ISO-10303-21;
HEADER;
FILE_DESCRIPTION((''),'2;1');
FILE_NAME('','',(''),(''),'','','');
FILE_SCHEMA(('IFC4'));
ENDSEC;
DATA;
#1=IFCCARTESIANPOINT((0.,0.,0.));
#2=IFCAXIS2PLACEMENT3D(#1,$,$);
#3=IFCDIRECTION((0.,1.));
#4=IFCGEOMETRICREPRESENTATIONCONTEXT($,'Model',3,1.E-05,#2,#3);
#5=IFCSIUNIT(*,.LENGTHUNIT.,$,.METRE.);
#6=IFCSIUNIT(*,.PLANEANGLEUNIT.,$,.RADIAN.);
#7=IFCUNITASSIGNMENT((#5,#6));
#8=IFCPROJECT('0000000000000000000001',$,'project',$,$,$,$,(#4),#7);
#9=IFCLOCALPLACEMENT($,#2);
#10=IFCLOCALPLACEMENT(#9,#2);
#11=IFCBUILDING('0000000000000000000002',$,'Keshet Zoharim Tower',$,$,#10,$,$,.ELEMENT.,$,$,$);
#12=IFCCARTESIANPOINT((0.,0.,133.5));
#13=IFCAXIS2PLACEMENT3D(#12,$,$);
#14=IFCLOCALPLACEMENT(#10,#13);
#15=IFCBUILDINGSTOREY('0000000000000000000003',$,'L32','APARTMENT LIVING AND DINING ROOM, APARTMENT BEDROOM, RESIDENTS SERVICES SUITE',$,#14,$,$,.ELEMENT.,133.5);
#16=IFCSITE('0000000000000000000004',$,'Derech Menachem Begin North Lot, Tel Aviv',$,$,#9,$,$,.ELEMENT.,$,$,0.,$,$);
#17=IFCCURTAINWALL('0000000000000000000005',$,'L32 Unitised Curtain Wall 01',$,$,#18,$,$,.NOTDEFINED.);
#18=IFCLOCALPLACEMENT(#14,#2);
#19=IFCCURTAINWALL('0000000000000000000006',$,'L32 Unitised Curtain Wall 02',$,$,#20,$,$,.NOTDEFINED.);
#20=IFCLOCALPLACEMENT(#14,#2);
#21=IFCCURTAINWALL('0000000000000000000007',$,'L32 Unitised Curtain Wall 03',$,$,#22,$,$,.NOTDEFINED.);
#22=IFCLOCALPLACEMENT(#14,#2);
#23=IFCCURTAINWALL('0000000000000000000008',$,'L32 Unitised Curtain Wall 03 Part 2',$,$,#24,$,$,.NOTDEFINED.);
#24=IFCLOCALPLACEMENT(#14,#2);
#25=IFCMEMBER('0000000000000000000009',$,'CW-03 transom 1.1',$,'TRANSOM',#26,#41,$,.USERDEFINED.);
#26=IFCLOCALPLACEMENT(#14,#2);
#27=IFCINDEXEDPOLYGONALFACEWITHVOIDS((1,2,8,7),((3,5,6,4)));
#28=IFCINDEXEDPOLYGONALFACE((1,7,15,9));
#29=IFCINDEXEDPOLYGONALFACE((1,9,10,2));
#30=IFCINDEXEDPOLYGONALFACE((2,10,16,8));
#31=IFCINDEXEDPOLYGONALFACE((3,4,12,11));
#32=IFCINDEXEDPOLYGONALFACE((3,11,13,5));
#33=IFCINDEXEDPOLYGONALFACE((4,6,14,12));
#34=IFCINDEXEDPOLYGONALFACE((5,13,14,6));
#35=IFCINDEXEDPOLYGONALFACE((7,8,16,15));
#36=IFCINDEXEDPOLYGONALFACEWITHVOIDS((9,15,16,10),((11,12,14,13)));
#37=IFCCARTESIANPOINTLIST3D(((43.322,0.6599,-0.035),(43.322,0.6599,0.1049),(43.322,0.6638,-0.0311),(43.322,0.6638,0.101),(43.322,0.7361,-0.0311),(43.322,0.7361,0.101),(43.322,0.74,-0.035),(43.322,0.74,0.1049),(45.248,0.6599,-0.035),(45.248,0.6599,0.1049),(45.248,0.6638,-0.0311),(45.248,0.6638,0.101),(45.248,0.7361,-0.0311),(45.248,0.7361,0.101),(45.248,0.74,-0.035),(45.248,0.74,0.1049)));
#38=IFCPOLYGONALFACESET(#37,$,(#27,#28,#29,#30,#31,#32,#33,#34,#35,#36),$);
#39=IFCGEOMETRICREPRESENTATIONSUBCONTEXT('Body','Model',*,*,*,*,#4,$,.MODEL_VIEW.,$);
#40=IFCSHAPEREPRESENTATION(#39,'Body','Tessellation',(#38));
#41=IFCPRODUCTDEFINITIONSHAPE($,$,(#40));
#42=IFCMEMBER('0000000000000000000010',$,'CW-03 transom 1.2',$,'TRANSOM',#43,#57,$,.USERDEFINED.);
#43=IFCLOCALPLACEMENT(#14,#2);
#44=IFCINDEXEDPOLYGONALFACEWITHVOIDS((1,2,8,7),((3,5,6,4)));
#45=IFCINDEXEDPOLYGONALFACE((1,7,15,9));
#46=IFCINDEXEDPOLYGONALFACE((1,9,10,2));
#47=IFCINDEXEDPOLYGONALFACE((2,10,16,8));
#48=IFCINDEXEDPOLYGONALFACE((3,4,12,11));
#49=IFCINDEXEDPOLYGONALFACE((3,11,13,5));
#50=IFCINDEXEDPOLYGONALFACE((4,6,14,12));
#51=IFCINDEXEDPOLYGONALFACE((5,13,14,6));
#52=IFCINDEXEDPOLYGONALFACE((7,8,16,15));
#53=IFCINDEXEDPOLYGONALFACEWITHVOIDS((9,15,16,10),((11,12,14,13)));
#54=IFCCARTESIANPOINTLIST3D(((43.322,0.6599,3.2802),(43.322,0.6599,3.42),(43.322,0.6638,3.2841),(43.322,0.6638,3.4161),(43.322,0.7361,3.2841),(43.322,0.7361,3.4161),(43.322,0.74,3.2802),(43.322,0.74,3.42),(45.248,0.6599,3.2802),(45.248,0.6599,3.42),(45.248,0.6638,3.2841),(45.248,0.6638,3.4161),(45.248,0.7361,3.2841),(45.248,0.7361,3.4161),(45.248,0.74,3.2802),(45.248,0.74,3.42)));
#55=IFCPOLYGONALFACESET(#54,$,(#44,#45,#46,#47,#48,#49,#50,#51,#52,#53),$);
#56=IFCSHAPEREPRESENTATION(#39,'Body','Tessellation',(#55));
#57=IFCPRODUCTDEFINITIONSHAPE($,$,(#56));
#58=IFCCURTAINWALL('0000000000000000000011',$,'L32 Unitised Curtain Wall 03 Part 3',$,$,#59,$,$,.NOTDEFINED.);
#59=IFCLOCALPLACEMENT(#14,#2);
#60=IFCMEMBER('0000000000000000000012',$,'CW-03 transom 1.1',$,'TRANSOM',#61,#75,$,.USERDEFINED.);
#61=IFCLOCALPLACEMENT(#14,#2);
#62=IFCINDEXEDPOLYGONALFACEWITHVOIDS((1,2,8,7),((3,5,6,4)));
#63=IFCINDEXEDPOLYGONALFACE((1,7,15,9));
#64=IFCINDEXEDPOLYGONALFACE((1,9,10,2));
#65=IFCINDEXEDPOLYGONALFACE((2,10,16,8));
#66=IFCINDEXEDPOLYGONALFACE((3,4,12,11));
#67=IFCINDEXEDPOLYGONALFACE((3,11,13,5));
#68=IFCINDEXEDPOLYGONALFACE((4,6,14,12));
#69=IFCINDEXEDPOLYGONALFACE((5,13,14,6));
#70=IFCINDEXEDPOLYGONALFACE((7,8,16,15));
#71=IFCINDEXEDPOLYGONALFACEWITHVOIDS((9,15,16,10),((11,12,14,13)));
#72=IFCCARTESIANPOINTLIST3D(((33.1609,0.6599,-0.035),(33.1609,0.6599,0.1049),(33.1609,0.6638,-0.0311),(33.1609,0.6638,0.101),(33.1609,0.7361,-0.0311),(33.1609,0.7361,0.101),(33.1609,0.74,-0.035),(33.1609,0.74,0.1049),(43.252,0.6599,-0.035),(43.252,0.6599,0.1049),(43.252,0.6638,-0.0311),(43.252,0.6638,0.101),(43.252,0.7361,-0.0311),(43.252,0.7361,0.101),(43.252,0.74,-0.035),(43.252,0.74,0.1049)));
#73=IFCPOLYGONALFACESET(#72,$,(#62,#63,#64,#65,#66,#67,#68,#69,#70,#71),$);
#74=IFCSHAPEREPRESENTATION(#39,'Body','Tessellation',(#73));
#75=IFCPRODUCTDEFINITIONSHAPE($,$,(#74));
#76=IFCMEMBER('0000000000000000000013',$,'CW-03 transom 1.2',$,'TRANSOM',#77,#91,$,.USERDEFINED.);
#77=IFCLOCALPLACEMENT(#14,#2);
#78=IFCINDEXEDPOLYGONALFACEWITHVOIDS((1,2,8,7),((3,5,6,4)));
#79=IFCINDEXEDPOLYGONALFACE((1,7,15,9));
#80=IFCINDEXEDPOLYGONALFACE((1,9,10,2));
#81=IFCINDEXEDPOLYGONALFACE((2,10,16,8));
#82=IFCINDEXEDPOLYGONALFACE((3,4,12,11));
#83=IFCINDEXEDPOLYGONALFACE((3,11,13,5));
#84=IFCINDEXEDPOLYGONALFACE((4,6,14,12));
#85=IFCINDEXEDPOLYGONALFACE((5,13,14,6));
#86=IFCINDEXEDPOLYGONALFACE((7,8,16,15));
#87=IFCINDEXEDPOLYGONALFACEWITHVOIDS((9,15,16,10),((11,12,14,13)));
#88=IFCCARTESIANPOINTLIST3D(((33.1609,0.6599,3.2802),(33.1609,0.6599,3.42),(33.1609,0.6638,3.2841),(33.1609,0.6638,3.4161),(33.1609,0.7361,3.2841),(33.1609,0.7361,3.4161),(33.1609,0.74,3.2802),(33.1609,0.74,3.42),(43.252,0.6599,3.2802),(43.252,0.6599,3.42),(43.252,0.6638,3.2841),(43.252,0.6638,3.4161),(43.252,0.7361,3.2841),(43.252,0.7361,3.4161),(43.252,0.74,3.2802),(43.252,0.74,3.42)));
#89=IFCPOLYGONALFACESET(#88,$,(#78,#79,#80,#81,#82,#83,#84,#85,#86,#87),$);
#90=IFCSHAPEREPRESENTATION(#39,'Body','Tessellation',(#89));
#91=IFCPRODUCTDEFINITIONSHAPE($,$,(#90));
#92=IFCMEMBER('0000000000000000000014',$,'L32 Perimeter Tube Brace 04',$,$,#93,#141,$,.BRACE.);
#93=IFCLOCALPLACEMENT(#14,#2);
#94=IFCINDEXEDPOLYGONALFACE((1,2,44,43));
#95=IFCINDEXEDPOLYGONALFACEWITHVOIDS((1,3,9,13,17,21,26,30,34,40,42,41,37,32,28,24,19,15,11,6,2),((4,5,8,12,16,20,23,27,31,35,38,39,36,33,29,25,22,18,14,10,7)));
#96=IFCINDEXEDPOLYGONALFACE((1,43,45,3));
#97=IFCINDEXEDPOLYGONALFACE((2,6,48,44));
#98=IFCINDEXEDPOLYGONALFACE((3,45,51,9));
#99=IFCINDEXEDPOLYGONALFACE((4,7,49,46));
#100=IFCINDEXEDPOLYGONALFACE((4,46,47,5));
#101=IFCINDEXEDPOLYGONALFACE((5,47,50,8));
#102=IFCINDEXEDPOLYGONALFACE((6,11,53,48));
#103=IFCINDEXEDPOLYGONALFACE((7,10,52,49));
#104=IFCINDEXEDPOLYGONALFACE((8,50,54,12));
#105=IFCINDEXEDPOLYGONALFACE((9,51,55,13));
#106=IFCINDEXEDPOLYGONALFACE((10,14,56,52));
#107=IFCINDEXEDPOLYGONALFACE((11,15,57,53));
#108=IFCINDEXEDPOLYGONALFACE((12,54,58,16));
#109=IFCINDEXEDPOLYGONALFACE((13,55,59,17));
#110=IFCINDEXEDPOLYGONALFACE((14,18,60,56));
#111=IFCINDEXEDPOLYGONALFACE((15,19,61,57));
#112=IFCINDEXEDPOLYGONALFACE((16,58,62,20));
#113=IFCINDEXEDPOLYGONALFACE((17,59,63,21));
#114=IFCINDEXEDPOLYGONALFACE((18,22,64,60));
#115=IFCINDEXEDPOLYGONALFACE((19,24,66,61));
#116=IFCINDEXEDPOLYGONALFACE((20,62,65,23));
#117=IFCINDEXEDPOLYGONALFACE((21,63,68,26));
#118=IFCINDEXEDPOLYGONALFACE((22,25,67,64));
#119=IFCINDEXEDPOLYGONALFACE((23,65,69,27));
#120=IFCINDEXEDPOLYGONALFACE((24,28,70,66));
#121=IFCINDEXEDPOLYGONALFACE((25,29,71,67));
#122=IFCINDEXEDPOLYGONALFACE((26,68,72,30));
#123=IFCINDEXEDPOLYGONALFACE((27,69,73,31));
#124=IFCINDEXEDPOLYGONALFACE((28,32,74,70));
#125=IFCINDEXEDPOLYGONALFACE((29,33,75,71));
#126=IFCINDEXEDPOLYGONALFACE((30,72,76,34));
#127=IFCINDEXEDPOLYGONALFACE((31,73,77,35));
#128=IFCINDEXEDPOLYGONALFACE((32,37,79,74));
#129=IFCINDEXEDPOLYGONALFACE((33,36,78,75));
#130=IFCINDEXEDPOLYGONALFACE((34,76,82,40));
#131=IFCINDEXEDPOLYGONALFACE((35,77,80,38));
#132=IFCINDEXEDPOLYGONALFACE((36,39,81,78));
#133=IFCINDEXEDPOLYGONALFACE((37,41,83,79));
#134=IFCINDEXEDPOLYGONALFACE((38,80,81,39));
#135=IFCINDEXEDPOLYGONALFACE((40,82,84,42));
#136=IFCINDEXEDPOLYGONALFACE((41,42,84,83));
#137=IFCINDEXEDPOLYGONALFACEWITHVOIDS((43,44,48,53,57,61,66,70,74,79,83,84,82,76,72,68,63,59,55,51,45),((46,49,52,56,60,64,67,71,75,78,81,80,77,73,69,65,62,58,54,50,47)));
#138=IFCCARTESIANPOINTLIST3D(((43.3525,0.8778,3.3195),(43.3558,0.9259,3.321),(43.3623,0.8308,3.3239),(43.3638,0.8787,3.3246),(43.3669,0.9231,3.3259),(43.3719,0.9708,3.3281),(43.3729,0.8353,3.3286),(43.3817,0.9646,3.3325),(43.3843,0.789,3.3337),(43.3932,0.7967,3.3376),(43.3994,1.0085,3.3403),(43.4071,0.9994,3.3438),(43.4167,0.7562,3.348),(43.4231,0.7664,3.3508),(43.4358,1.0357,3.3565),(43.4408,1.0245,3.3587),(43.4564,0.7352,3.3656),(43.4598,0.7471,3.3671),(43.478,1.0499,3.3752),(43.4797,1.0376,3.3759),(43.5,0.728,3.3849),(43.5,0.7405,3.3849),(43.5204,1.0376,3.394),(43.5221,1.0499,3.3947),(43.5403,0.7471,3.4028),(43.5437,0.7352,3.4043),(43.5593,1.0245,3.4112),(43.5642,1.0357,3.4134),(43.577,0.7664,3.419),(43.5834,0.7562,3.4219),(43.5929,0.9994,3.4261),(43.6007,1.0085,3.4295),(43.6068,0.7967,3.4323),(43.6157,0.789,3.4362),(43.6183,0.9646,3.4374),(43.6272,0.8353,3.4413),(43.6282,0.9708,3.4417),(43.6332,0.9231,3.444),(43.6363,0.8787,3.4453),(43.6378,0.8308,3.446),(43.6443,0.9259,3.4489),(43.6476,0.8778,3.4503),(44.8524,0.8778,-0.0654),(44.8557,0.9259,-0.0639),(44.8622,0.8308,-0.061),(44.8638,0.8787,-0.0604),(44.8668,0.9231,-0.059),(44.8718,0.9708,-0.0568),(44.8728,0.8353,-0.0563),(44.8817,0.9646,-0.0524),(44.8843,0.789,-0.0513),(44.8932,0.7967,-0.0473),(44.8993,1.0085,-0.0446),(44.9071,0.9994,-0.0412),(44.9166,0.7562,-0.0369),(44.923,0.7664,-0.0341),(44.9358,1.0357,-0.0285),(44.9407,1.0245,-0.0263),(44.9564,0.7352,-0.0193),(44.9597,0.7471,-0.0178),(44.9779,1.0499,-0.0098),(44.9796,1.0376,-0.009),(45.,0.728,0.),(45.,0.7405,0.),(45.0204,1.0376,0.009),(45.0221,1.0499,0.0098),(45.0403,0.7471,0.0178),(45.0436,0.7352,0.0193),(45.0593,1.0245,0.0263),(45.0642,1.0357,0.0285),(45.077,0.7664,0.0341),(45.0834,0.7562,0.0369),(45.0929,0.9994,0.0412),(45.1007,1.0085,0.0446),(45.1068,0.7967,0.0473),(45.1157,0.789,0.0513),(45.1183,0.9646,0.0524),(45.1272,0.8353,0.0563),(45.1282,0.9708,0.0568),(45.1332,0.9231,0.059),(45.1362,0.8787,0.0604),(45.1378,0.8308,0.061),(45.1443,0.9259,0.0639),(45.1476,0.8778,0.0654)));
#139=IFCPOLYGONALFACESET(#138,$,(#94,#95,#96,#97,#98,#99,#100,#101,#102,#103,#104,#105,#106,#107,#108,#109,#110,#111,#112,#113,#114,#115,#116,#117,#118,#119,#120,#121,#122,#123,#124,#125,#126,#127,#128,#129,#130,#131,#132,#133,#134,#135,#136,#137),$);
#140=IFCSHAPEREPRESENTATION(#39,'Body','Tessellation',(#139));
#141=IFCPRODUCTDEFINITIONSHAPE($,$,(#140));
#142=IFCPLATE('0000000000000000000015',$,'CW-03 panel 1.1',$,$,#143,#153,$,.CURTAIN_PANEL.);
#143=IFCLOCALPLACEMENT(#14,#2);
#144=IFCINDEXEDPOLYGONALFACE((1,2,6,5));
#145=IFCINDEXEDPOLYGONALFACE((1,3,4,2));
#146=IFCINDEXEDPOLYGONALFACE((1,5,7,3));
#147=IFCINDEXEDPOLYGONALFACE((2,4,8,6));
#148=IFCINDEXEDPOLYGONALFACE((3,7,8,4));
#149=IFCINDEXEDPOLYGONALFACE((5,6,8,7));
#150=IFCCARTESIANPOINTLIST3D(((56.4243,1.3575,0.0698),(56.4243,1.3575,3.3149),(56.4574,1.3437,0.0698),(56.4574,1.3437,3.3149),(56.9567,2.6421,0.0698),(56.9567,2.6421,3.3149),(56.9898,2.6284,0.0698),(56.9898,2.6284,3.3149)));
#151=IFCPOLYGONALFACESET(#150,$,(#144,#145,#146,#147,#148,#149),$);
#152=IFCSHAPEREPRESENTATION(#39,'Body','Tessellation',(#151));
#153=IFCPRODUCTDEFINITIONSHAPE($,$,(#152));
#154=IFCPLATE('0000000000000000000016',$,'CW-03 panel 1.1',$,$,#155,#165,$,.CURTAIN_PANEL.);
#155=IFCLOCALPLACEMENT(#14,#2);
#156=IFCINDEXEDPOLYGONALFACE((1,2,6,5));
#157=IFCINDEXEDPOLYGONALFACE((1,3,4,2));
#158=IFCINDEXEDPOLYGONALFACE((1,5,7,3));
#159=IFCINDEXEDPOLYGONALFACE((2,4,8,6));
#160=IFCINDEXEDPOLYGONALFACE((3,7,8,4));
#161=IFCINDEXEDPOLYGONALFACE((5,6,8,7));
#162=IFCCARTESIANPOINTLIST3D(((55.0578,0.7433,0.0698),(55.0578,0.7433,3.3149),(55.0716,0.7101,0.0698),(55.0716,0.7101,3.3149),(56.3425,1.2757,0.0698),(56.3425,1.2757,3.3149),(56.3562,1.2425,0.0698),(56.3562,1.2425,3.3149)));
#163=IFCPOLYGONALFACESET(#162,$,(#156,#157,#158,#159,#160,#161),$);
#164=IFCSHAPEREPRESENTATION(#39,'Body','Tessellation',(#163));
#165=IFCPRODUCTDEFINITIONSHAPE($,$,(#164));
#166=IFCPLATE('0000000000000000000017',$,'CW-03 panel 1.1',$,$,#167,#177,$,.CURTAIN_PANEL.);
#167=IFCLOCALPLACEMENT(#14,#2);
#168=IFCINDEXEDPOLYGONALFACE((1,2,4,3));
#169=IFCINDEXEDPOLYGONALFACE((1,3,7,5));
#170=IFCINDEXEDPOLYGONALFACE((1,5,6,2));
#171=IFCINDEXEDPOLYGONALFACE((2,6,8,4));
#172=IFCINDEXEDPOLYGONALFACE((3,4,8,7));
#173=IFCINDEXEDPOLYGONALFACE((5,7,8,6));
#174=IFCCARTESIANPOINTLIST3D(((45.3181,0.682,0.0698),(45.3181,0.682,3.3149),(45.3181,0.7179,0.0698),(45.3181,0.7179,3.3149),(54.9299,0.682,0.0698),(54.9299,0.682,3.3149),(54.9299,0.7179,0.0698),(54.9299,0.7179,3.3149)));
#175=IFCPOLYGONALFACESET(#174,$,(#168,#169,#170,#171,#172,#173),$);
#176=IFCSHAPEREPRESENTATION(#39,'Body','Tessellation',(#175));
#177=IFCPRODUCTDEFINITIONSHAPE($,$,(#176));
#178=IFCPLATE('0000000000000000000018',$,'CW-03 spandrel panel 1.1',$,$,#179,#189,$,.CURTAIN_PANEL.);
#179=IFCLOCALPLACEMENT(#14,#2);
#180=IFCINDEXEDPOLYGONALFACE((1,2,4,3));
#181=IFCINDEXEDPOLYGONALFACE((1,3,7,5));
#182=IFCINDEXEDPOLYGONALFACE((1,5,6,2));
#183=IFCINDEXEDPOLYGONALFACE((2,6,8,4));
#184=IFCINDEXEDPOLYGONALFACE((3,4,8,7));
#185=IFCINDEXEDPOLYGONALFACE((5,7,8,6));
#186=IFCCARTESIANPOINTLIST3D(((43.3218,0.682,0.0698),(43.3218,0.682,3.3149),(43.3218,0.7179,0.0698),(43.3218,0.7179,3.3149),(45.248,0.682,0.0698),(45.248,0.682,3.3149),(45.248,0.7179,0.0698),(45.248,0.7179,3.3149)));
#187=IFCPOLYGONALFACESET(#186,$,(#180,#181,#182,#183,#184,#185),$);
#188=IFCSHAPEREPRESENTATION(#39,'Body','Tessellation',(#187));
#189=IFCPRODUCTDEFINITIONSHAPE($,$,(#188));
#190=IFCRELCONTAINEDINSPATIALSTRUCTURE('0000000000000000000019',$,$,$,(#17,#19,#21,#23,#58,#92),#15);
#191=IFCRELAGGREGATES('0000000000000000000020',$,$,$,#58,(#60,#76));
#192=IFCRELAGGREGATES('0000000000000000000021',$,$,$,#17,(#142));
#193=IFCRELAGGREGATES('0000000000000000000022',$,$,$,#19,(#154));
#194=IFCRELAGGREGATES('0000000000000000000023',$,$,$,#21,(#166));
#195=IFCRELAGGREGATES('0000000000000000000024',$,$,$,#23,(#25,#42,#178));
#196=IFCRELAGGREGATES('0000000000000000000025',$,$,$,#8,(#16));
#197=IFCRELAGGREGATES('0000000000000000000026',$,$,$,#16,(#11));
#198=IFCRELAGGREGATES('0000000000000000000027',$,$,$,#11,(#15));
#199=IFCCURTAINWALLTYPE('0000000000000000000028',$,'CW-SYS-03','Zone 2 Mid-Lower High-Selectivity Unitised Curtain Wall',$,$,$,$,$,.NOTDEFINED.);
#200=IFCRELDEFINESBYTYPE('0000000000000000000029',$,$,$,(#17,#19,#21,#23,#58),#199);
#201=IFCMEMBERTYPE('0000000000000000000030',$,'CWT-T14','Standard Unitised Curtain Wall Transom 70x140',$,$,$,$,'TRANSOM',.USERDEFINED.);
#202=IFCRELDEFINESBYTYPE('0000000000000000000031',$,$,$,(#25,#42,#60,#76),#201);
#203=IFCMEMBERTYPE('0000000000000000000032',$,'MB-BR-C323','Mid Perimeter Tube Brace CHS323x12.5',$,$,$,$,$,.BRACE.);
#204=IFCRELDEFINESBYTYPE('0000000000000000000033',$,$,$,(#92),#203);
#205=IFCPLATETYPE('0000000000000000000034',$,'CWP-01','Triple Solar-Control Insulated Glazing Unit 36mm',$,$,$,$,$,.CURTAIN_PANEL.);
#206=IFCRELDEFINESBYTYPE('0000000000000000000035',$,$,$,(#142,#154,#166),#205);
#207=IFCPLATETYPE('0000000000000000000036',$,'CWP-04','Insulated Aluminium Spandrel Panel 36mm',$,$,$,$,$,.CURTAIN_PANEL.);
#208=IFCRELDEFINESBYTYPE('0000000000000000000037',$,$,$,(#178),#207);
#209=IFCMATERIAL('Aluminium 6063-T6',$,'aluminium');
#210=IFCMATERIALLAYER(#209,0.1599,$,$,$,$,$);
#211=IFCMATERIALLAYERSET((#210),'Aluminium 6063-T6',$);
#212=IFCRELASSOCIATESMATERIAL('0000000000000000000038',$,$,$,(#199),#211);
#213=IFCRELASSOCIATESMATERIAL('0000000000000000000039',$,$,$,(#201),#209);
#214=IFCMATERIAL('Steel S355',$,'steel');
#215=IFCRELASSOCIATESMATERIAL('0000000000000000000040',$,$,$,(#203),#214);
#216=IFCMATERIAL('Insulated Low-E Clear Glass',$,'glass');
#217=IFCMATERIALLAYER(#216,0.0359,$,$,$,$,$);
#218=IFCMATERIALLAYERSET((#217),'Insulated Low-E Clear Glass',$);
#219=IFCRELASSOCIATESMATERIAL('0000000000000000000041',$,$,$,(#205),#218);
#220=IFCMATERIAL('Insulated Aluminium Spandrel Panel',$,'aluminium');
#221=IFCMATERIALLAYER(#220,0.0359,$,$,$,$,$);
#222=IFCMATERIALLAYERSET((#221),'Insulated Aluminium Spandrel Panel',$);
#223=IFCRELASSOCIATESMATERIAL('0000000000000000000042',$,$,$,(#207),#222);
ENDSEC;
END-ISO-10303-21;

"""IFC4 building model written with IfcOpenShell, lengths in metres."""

from ifc_helpers import new_model, si_unit, direction, frame, origin, origin_2d, place, context, subcontext, project, spatial, rectangle, hollow_rectangle, hollow_circle, extrude, material, layer, layer_set, material_profile, profile_set, type_object, element, aggregate, save


model = new_model("IFC4")

# Units and contexts
model_context = context("Model", 3, precision=1e-05, world=origin(), true_north=direction((0.0, 1.0)))
body_context = subcontext(model_context, "Body", "Model", "MODEL_VIEW")
ifc_project = project(units=[si_unit("LENGTHUNIT", "METRE"), si_unit("PLANEANGLEUNIT", "RADIAN")], contexts=[model_context])

# Site, building, storey
site_placement = place(None, origin())
site = spatial("IfcSite", under=ifc_project, at=site_placement, Name="Derech Menachem Begin North Lot, Tel Aviv", CompositionType="ELEMENT", RefElevation=0.0)
building_placement = place(site_placement, origin())
building = spatial("IfcBuilding", under=site, at=building_placement, Name="Keshet Zoharim Tower", CompositionType="ELEMENT")
storey_placement = place(building_placement, frame((0.0, 0.0, 133.5)))
storey = spatial("IfcBuildingStorey", under=building, at=storey_placement, Name="L32", Description="APARTMENT LIVING AND DINING ROOM, APARTMENT BEDROOM, RESIDENTS SERVICES SUITE", CompositionType="ELEMENT", Elevation=133.5)

# Shared definitions
ifc_material_1 = material(Name="Steel S355", Category="steel")

# Curtain walls
ifc_material_2 = material(Name="Aluminium 6063-T6", Category="aluminium")
ifc_layer_1 = layer(ifc_material_2, 0.1599)
ifc_layer_set_1 = layer_set([ifc_layer_1], Name="Aluminium 6063-T6")
curtain_wall_type = type_object("IfcCurtainWallType", Name="CW-SYS-03", Description="Zone 2 Mid-Lower High-Selectivity Unitised Curtain Wall", PredefinedType="NOTDEFINED", material=ifc_layer_set_1)
curtain_wall_1_placement = place(storey_placement, origin())
curtain_wall_1 = element("IfcCurtainWall", 1, at=curtain_wall_1_placement, inside=storey, type_object=curtain_wall_type, Name="L32 Unitised Curtain Wall 01", PredefinedType="NOTDEFINED")
curtain_wall_2_placement = place(storey_placement, origin())
curtain_wall_2 = element("IfcCurtainWall", 2, at=curtain_wall_2_placement, inside=storey, type_object=curtain_wall_type, Name="L32 Unitised Curtain Wall 02", PredefinedType="NOTDEFINED")
curtain_wall_3_placement = place(storey_placement, origin())
curtain_wall_3 = element("IfcCurtainWall", 3, at=curtain_wall_3_placement, inside=storey, type_object=curtain_wall_type, Name="L32 Unitised Curtain Wall 03", PredefinedType="NOTDEFINED")

# Curtain wall
curtain_wall_4_placement = place(storey_placement, origin())
curtain_wall_4 = element("IfcCurtainWall", 4, at=curtain_wall_4_placement, inside=storey, type_object=curtain_wall_type, Name="L32 Unitised Curtain Wall 03 Part 2", PredefinedType="NOTDEFINED")

# Members
ifc_material_profile_1 = material_profile(ifc_material_2, hollow_rectangle(XDim=0.0801, YDim=0.1399, WallThickness=0.0039, at=origin_2d()), Name="TRN-80x140")
ifc_profile_set_1 = profile_set([ifc_material_profile_1], Name="Aluminium 6063-T6")
member_type_1 = type_object("IfcMemberType", Name="CWT-T14", Description="Standard Unitised Curtain Wall Transom 70x140", ElementType="TRANSOM", PredefinedType="USERDEFINED", material=ifc_profile_set_1)
member_1_placement = place(storey_placement, frame((45.248, 0.7, 0.0349), z_axis=(-1.0, 0.0, 0.0), x_axis=(0.0, -1.0, 0.0)))
member_1 = element("IfcMember", 5, at=member_1_placement, type_object=member_type_1, Name="CW-03 transom 1.1", ObjectType="TRANSOM", PredefinedType="USERDEFINED", context=body_context, shape_type="SweptSolid", body=[
    extrude(hollow_rectangle(XDim=0.0801, YDim=0.1399, WallThickness=0.0039, at=origin_2d()), origin(), (0.0, 0.0, 1.0), 1.926),
])
member_2_placement = place(storey_placement, frame((45.248, 0.7, 3.3501), z_axis=(-1.0, 0.0, 0.0), x_axis=(0.0, -1.0, 0.0)))
member_2 = element("IfcMember", 6, at=member_2_placement, type_object=member_type_1, Name="CW-03 transom 1.2", ObjectType="TRANSOM", PredefinedType="USERDEFINED", context=body_context, shape_type="SweptSolid", body=[
    extrude(hollow_rectangle(XDim=0.0801, YDim=0.1399, WallThickness=0.0039, at=origin_2d()), origin(), (0.0, 0.0, 1.0), 1.926),
])

# Curtain wall, members
curtain_wall_5_placement = place(storey_placement, origin())
curtain_wall_5 = element("IfcCurtainWall", 7, at=curtain_wall_5_placement, inside=storey, type_object=curtain_wall_type, Name="L32 Unitised Curtain Wall 03 Part 3", PredefinedType="NOTDEFINED")
member_3_placement = place(storey_placement, frame((43.252, 0.7, 0.0349), z_axis=(-1.0, 0.0, 0.0), x_axis=(0.0, -1.0, 0.0)))
member_3 = element("IfcMember", 8, at=member_3_placement, type_object=member_type_1, Name="CW-03 transom 1.1", ObjectType="TRANSOM", PredefinedType="USERDEFINED", context=body_context, shape_type="SweptSolid", body=[
    extrude(hollow_rectangle(XDim=0.0801, YDim=0.1399, WallThickness=0.0039, at=origin_2d()), origin(), (0.0, 0.0, 1.0), 10.0911),
])
member_4_placement = place(storey_placement, frame((43.252, 0.7, 3.3501), z_axis=(-1.0, 0.0, 0.0), x_axis=(0.0, -1.0, 0.0)))
member_4 = element("IfcMember", 9, at=member_4_placement, type_object=member_type_1, Name="CW-03 transom 1.2", ObjectType="TRANSOM", PredefinedType="USERDEFINED", context=body_context, shape_type="SweptSolid", body=[
    extrude(hollow_rectangle(XDim=0.0801, YDim=0.1399, WallThickness=0.0039, at=origin_2d()), origin(), (0.0, 0.0, 1.0), 10.0911),
])
aggregate(curtain_wall_5, [member_3, member_4])

# Member
ifc_material_profile_2 = material_profile(ifc_material_1, hollow_circle(Radius=0.1619, WallThickness=0.0125, at=origin_2d()), Name="CHS323x12.5")
ifc_profile_set_2 = profile_set([ifc_material_profile_2], Name="Steel S355")
member_type_2 = type_object("IfcMemberType", Name="MB-BR-C323", Description="Mid Perimeter Tube Brace CHS323x12.5", PredefinedType="BRACE", material=ifc_profile_set_2)
member_5_placement = place(storey_placement, frame((45.0, 0.8899, 0.0), z_axis=(-0.405135, 0.0, 0.914257), x_axis=(0.0, -1.0, 0.0)))
element("IfcMember", 10, at=member_5_placement, inside=storey, type_object=member_type_2, Name="L32 Perimeter Tube Brace 04", PredefinedType="BRACE", context=body_context, shape_type="SweptSolid", body=[
    extrude(hollow_circle(Radius=0.1619, WallThickness=0.0125, at=origin_2d()), origin(), (0.0, 0.0, 1.0), 3.7024),
])

# Plates
ifc_material_3 = material(Name="Insulated Low-E Clear Glass", Category="glass")
ifc_layer_2 = layer(ifc_material_3, 0.0359)
ifc_layer_set_2 = layer_set([ifc_layer_2], Name="Insulated Low-E Clear Glass")
plate_type_1 = type_object("IfcPlateType", Name="CWP-01", Description="Triple Solar-Control Insulated Glazing Unit 36mm", PredefinedType="CURTAIN_PANEL", material=ifc_layer_set_2)
plate_1_placement = place(storey_placement, frame((56.707, 1.9929, 0.0698), z_axis=(0.0, 0.0, 1.0), x_axis=(-0.382852, -0.92381, 0.0)))
plate_1 = element("IfcPlate", 11, at=plate_1_placement, type_object=plate_type_1, Name="CW-03 panel 1.1", PredefinedType="CURTAIN_PANEL", context=body_context, shape_type="SweptSolid", body=[
    extrude(rectangle(XDim=1.3906, YDim=0.0359, at=origin_2d()), origin(), (0.0, 0.0, 1.0), 3.2451),
])
aggregate(curtain_wall_1, [plate_1])
plate_2_placement = place(storey_placement, frame((55.707, 0.9929, 0.0698), z_axis=(0.0, 0.0, 1.0), x_axis=(-0.92381, -0.382852, 0.0)))
plate_2 = element("IfcPlate", 12, at=plate_2_placement, type_object=plate_type_1, Name="CW-03 panel 1.1", PredefinedType="CURTAIN_PANEL", context=body_context, shape_type="SweptSolid", body=[
    extrude(rectangle(XDim=1.3906, YDim=0.0359, at=origin_2d()), origin(), (0.0, 0.0, 1.0), 3.2451),
])
aggregate(curtain_wall_2, [plate_2])
plate_3_placement = place(storey_placement, frame((50.124, 0.7, 0.0698), z_axis=(0.0, 0.0, 1.0), x_axis=(-1.0, 0.0, 0.0)))
plate_3 = element("IfcPlate", 13, at=plate_3_placement, type_object=plate_type_1, Name="CW-03 panel 1.1", PredefinedType="CURTAIN_PANEL", context=body_context, shape_type="SweptSolid", body=[
    extrude(rectangle(XDim=9.6118, YDim=0.0359, at=origin_2d()), origin(), (0.0, 0.0, 1.0), 3.2451),
])
aggregate(curtain_wall_3, [plate_3])
ifc_material_4 = material(Name="Insulated Aluminium Spandrel Panel", Category="aluminium")
ifc_layer_3 = layer(ifc_material_4, 0.0359)
ifc_layer_set_3 = layer_set([ifc_layer_3], Name="Insulated Aluminium Spandrel Panel")
plate_type_2 = type_object("IfcPlateType", Name="CWP-04", Description="Insulated Aluminium Spandrel Panel 36mm", PredefinedType="CURTAIN_PANEL", material=ifc_layer_set_3)
plate_4_placement = place(storey_placement, frame((44.2849, 0.7, 0.0698), z_axis=(0.0, 0.0, 1.0), x_axis=(-1.0, 0.0, 0.0)))
plate_4 = element("IfcPlate", 14, at=plate_4_placement, type_object=plate_type_2, Name="CW-03 spandrel panel 1.1", PredefinedType="CURTAIN_PANEL", context=body_context, shape_type="SweptSolid", body=[
    extrude(rectangle(XDim=1.9263, YDim=0.0359, at=origin_2d()), origin(), (0.0, 0.0, 1.0), 3.2451),
])
aggregate(curtain_wall_4, [member_1, member_2, plate_4])

save(model, "model.ifc")
